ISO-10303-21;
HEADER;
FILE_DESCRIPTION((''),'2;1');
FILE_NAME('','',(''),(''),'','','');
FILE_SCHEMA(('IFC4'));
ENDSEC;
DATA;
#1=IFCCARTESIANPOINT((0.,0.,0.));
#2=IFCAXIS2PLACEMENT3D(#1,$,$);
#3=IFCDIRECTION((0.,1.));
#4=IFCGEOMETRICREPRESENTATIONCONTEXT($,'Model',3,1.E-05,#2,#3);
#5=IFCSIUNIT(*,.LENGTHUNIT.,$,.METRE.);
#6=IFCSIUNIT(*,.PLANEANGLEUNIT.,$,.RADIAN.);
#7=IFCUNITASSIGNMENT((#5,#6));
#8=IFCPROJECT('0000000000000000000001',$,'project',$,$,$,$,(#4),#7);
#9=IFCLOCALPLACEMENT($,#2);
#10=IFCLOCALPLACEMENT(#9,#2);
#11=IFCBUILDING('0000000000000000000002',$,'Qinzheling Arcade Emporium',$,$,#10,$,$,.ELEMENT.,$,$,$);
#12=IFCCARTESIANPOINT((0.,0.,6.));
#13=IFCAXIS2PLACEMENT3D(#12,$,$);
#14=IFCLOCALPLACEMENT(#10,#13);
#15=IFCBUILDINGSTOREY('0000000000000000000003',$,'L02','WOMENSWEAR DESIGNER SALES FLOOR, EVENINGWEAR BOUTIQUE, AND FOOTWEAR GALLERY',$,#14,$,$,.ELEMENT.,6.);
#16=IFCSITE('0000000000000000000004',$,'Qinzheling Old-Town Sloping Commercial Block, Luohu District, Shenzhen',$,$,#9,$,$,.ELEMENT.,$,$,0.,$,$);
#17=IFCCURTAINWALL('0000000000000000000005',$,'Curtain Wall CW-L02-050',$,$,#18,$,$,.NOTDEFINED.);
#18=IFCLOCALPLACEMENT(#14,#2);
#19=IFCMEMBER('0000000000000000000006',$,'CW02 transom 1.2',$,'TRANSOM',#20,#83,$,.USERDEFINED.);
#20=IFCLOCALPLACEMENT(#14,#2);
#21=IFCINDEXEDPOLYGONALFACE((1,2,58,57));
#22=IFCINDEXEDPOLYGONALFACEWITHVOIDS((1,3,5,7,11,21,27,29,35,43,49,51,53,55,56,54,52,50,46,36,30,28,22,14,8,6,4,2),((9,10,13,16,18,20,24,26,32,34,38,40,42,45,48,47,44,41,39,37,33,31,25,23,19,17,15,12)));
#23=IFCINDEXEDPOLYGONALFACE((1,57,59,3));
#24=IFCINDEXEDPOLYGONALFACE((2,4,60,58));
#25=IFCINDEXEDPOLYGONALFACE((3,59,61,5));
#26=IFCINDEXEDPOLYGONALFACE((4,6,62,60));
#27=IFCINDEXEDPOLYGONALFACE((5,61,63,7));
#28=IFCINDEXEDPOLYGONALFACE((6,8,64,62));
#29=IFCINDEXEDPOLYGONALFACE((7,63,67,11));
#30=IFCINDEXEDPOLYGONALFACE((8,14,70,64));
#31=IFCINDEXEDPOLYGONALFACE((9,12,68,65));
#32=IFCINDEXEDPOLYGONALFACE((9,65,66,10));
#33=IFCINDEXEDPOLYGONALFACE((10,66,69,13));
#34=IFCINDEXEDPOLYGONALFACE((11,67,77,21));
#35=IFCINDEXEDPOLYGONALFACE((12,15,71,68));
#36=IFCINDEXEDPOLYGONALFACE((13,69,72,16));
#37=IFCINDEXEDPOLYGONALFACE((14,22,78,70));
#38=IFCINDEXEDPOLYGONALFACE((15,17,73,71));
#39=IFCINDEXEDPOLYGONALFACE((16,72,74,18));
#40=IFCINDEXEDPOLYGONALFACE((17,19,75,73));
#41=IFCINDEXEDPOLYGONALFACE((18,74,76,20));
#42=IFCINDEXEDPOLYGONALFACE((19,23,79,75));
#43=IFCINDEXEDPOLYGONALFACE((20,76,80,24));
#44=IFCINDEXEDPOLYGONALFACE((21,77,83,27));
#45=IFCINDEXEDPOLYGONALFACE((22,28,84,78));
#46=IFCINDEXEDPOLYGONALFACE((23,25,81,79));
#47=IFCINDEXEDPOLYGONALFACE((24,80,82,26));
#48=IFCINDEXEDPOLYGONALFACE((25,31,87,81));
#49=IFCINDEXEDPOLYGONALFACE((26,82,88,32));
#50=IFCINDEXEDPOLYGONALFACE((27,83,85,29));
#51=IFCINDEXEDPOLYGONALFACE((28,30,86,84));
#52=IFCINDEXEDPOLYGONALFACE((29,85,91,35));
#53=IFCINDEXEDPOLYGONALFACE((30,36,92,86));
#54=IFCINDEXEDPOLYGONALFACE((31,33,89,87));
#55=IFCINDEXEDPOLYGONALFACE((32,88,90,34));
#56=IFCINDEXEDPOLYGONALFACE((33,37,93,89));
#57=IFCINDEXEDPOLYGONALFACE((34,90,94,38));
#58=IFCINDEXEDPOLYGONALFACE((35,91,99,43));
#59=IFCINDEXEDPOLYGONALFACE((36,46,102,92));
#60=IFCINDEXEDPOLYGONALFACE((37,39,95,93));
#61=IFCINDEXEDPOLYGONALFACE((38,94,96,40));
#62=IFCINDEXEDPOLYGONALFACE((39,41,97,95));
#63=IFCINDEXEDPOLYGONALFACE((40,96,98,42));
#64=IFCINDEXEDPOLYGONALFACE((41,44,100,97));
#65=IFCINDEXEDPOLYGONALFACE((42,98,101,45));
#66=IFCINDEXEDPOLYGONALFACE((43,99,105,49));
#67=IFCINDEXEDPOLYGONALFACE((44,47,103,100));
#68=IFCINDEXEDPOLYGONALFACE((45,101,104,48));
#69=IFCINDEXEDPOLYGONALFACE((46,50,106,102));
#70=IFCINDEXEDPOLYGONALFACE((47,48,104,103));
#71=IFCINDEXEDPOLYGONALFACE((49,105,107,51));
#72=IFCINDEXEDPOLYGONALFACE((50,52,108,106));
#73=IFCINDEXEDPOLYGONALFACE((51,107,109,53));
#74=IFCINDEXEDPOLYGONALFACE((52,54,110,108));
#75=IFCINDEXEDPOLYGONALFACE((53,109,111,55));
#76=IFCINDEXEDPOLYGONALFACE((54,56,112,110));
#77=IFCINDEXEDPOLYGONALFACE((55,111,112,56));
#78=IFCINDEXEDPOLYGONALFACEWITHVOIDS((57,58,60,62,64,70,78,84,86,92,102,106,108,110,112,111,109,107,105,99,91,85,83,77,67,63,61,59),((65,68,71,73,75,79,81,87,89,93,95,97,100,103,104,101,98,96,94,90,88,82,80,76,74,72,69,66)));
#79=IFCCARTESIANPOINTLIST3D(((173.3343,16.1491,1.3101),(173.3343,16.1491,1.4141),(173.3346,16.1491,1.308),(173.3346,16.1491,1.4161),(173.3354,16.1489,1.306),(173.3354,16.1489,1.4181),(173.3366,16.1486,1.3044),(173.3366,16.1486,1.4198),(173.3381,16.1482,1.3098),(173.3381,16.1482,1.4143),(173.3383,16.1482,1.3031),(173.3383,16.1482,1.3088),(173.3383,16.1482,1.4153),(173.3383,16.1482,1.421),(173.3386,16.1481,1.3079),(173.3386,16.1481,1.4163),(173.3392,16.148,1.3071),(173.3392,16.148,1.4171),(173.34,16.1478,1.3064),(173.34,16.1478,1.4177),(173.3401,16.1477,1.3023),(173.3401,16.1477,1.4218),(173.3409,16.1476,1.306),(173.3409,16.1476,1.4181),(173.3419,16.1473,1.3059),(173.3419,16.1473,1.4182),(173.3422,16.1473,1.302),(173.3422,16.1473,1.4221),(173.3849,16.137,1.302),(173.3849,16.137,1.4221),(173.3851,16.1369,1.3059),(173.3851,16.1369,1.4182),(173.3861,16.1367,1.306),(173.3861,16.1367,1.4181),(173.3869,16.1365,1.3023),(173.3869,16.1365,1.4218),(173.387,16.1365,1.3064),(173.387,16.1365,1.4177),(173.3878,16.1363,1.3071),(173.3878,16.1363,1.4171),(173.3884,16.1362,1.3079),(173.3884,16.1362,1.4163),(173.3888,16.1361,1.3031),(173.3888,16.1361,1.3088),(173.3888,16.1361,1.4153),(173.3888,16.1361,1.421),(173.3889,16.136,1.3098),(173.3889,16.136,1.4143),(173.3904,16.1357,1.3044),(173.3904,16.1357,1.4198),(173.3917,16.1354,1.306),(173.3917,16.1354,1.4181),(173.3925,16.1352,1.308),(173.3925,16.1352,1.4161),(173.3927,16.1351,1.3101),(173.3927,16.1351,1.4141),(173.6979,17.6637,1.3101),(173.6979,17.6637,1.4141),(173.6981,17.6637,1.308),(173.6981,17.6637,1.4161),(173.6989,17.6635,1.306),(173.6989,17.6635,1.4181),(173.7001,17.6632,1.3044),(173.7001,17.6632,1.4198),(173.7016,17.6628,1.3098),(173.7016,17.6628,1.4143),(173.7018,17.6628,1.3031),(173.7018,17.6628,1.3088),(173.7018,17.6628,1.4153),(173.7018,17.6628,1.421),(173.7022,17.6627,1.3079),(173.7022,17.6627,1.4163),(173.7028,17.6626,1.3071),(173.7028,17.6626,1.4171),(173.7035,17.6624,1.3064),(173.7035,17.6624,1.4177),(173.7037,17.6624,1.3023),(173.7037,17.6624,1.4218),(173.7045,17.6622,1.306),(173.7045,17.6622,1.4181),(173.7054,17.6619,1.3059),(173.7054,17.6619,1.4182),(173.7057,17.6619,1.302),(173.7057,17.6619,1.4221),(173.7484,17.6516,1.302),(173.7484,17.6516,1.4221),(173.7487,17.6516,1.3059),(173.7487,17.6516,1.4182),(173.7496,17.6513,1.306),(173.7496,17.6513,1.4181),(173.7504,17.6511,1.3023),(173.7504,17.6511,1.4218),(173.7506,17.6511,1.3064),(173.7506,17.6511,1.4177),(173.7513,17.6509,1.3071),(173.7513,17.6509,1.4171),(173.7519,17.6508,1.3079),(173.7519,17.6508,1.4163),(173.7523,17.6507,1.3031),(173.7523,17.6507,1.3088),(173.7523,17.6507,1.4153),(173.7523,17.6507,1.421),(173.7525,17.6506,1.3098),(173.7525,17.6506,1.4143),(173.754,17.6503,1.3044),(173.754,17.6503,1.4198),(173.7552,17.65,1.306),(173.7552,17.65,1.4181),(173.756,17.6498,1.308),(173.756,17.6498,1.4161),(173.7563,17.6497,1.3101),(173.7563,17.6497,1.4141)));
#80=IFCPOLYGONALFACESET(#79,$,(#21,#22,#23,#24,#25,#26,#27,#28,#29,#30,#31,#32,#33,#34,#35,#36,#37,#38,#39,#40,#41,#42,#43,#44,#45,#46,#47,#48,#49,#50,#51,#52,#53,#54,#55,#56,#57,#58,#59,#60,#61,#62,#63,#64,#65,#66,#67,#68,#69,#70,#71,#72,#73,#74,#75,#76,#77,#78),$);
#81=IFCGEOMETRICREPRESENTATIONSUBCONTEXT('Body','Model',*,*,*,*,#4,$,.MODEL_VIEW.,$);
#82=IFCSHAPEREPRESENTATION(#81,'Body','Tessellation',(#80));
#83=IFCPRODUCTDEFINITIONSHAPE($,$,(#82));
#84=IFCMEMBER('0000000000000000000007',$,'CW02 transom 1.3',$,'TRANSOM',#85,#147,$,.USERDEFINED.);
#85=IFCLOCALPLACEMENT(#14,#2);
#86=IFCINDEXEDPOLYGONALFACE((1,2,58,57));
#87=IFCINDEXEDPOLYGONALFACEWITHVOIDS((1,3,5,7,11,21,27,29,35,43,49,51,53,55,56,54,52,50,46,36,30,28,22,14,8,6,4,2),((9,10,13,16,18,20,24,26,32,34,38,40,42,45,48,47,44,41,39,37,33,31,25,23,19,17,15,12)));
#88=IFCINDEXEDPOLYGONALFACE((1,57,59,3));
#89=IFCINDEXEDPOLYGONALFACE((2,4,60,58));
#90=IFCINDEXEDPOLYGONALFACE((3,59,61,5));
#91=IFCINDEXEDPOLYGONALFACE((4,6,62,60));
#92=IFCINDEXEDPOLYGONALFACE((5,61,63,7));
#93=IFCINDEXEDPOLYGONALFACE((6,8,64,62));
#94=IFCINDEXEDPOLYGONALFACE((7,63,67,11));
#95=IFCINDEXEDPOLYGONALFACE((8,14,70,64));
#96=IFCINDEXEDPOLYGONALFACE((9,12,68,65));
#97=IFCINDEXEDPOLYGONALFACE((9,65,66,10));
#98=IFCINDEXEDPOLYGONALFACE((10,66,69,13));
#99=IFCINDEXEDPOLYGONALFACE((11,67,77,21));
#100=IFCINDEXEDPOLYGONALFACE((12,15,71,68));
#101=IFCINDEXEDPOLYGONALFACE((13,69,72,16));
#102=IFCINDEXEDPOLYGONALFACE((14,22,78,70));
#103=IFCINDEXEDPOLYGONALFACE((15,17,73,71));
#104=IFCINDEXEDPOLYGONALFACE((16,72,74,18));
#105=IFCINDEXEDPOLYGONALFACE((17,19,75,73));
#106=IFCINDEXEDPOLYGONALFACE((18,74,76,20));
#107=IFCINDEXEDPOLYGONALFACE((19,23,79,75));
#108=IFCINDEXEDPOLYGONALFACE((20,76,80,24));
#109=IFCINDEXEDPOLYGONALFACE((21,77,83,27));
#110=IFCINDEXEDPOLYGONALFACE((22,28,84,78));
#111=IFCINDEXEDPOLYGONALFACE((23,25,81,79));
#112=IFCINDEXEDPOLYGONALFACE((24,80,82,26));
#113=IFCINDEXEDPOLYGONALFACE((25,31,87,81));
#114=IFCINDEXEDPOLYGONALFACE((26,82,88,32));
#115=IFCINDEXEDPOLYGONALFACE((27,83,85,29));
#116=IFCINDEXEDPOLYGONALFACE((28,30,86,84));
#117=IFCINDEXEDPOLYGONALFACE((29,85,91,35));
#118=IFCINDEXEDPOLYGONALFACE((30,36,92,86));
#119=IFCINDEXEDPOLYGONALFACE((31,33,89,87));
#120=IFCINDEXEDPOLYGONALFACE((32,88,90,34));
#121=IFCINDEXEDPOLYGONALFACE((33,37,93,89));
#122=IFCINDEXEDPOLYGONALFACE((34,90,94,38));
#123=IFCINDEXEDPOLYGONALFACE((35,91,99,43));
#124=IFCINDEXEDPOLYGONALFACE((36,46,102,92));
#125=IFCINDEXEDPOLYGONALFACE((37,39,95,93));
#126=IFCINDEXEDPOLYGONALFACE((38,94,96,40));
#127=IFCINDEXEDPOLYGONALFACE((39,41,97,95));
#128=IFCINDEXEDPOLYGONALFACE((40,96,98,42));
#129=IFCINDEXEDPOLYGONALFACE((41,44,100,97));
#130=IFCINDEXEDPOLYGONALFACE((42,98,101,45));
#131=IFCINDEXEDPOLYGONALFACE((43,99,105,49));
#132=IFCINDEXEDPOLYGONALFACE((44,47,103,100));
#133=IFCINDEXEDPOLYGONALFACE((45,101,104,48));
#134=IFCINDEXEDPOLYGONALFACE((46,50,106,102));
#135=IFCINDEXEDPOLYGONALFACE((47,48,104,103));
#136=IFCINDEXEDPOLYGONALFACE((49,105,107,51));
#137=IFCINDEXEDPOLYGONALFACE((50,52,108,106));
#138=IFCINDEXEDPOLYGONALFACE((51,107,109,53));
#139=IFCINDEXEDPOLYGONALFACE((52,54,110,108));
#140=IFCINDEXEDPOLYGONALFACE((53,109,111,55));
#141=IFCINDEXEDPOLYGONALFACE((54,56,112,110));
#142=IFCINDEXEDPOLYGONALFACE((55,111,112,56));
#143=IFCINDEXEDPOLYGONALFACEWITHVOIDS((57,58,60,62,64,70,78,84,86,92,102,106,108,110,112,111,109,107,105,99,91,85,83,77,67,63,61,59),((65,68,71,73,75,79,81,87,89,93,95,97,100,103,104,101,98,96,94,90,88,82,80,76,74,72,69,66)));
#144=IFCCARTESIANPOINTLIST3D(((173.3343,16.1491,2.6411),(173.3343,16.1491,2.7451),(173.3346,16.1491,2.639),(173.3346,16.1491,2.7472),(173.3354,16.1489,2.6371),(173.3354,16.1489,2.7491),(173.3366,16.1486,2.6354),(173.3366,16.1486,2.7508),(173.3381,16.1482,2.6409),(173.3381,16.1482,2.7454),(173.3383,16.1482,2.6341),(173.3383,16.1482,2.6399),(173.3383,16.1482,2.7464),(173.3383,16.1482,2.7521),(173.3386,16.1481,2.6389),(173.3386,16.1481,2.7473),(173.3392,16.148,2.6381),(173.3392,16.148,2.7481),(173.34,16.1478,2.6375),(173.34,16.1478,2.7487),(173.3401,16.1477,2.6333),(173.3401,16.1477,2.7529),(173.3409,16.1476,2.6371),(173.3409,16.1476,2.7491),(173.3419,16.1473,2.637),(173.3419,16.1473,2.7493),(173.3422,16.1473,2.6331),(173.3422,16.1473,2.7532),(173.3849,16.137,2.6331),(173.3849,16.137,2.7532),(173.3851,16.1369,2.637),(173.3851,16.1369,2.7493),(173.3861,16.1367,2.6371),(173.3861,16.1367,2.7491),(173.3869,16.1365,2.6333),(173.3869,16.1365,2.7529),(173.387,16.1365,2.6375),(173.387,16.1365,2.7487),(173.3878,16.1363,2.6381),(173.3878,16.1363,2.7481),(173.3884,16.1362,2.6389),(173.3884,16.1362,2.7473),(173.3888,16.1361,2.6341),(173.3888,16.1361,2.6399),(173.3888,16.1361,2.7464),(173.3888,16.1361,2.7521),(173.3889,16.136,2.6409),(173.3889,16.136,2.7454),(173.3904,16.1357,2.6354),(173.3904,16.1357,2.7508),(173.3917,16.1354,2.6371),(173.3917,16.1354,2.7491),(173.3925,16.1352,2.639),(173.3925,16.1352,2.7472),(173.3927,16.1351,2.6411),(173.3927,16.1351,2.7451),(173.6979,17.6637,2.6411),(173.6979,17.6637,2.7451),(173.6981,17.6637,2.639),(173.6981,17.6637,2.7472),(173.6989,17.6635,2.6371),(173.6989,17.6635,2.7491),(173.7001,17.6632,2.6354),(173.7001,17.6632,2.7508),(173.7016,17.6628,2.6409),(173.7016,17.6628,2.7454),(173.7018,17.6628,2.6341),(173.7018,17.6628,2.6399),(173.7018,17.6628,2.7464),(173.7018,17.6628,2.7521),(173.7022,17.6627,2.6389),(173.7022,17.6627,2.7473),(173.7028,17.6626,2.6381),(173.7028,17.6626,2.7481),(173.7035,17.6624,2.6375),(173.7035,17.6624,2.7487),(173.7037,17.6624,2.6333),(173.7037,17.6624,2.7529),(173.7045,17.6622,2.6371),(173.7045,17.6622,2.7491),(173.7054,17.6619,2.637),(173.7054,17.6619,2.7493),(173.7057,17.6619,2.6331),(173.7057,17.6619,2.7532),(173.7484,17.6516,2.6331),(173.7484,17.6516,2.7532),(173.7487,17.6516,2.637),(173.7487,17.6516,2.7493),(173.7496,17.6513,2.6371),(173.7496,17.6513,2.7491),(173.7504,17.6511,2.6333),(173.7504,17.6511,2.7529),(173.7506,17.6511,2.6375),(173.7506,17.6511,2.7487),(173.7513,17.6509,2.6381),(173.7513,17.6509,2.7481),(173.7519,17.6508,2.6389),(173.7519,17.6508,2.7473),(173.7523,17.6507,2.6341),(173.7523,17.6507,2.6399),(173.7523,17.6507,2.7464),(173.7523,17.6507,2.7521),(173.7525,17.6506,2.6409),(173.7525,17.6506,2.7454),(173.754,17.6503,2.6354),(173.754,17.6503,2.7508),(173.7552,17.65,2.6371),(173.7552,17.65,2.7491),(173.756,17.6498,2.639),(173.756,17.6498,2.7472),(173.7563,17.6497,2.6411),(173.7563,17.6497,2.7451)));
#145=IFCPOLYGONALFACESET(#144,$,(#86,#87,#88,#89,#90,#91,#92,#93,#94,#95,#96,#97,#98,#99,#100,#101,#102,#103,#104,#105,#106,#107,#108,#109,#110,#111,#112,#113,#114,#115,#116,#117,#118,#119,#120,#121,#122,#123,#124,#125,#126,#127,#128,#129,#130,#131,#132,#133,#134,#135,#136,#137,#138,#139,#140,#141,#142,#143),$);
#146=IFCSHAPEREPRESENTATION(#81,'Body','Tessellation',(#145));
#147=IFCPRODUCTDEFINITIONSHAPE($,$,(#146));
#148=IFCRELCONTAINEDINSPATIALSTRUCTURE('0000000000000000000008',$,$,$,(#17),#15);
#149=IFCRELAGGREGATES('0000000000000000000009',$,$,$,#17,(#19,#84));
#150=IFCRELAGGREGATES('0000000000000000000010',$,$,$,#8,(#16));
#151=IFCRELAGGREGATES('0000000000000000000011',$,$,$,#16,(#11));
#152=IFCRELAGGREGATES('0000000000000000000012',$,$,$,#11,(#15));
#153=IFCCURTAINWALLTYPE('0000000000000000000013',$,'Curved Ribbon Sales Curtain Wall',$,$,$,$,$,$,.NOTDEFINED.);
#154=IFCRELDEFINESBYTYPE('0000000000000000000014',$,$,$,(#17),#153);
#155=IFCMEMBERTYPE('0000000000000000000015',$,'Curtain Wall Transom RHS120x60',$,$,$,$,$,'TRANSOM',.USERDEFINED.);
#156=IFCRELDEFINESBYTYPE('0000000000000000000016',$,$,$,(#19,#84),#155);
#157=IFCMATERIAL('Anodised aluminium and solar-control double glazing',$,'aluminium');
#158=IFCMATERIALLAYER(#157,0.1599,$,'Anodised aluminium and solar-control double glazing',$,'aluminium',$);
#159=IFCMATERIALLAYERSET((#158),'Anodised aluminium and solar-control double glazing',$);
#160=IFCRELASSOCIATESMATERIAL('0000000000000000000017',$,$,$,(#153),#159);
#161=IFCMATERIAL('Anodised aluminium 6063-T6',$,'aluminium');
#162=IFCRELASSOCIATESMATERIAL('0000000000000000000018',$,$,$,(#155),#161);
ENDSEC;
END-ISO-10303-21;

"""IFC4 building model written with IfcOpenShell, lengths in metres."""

from ifc_helpers import new_model, si_unit, direction, frame, origin, origin_2d, place, context, subcontext, project, spatial, hollow_rectangle, extrude, material, layer, layer_set, material_profile, profile_set, type_object, element, aggregate, save


model = new_model("IFC4")

# Units and contexts
model_context = context("Model", 3, precision=1e-05, world=origin(), true_north=direction((0.0, 1.0)))
body_context = subcontext(model_context, "Body", "Model", "MODEL_VIEW")
ifc_project = project(units=[si_unit("LENGTHUNIT", "METRE"), si_unit("PLANEANGLEUNIT", "RADIAN")], contexts=[model_context])

# Site, building, storey
site_placement = place(None, origin())
site = spatial("IfcSite", under=ifc_project, at=site_placement, Name="Qinzheling Old-Town Sloping Commercial Block, Luohu District, Shenzhen", CompositionType="ELEMENT", RefElevation=0.0)
building_placement = place(site_placement, origin())
building = spatial("IfcBuilding", under=site, at=building_placement, Name="Qinzheling Arcade Emporium", CompositionType="ELEMENT")
storey_placement = place(building_placement, frame((0.0, 0.0, 6.0)))
storey = spatial("IfcBuildingStorey", under=building, at=storey_placement, Name="L02", Description="WOMENSWEAR DESIGNER SALES FLOOR, EVENINGWEAR BOUTIQUE, AND FOOTWEAR GALLERY", CompositionType="ELEMENT", Elevation=6.0)

# Curtain wall, members
ifc_material_1 = material(Name="Anodised aluminium and solar-control double glazing", Category="aluminium")
ifc_layer_1 = layer(ifc_material_1, 0.1599, Name="Anodised aluminium and solar-control double glazing", Category="aluminium")
ifc_layer_set_1 = layer_set([ifc_layer_1], Name="Anodised aluminium and solar-control double glazing")
curtain_wall_type = type_object("IfcCurtainWallType", Name="Curved Ribbon Sales Curtain Wall", PredefinedType="NOTDEFINED", material=ifc_layer_set_1)
curtain_wall_placement = place(storey_placement, origin())
curtain_wall = element("IfcCurtainWall", 1, at=curtain_wall_placement, inside=storey, type_object=curtain_wall_type, Name="Curtain Wall CW-L02-050", PredefinedType="NOTDEFINED")
ifc_material_2 = material(Name="Anodised aluminium 6063-T6", Category="aluminium")
ifc_material_profile_1 = material_profile(ifc_material_2, hollow_rectangle(XDim=0.0601, YDim=0.1201, WallThickness=0.0039, InnerFilletRadius=0.0039, OuterFilletRadius=0.0081, at=origin_2d()), Name="RHS 120x60x4", Category="aluminium")
ifc_profile_set_1 = profile_set([ifc_material_profile_1], Name="Anodised aluminium 6063-T6")
member_type_1 = type_object("IfcMemberType", Name="Curtain Wall Transom RHS120x60", ElementType="TRANSOM", PredefinedType="USERDEFINED", material=ifc_profile_set_1)
member_1_placement = place(storey_placement, frame((173.7271, 17.6567, 1.3621), z_axis=(-0.233379, -0.972386, 0.0), x_axis=(0.972386, -0.233379, 0.0)))
member_1 = element("IfcMember", 2, at=member_1_placement, type_object=member_type_1, Name="CW02 transom 1.2", ObjectType="TRANSOM", PredefinedType="USERDEFINED", context=body_context, shape_type="SweptSolid", body=[
    extrude(hollow_rectangle(XDim=0.0601, YDim=0.1201, WallThickness=0.0039, InnerFilletRadius=0.0039, OuterFilletRadius=0.0081, at=origin_2d()), origin(), (0.0, 0.0, 1.0), 1.5576),
])
member_2_placement = place(storey_placement, frame((173.7271, 17.6567, 2.6931), z_axis=(-0.233379, -0.972386, 0.0), x_axis=(0.972386, -0.233379, 0.0)))
member_2 = element("IfcMember", 3, at=member_2_placement, type_object=member_type_1, Name="CW02 transom 1.3", ObjectType="TRANSOM", PredefinedType="USERDEFINED", context=body_context, shape_type="SweptSolid", body=[
    extrude(hollow_rectangle(XDim=0.0601, YDim=0.1201, WallThickness=0.0039, InnerFilletRadius=0.0039, OuterFilletRadius=0.0081, at=origin_2d()), origin(), (0.0, 0.0, 1.0), 1.5576),
])

aggregate(curtain_wall, [member_1, member_2])

save(model, "model.ifc")
